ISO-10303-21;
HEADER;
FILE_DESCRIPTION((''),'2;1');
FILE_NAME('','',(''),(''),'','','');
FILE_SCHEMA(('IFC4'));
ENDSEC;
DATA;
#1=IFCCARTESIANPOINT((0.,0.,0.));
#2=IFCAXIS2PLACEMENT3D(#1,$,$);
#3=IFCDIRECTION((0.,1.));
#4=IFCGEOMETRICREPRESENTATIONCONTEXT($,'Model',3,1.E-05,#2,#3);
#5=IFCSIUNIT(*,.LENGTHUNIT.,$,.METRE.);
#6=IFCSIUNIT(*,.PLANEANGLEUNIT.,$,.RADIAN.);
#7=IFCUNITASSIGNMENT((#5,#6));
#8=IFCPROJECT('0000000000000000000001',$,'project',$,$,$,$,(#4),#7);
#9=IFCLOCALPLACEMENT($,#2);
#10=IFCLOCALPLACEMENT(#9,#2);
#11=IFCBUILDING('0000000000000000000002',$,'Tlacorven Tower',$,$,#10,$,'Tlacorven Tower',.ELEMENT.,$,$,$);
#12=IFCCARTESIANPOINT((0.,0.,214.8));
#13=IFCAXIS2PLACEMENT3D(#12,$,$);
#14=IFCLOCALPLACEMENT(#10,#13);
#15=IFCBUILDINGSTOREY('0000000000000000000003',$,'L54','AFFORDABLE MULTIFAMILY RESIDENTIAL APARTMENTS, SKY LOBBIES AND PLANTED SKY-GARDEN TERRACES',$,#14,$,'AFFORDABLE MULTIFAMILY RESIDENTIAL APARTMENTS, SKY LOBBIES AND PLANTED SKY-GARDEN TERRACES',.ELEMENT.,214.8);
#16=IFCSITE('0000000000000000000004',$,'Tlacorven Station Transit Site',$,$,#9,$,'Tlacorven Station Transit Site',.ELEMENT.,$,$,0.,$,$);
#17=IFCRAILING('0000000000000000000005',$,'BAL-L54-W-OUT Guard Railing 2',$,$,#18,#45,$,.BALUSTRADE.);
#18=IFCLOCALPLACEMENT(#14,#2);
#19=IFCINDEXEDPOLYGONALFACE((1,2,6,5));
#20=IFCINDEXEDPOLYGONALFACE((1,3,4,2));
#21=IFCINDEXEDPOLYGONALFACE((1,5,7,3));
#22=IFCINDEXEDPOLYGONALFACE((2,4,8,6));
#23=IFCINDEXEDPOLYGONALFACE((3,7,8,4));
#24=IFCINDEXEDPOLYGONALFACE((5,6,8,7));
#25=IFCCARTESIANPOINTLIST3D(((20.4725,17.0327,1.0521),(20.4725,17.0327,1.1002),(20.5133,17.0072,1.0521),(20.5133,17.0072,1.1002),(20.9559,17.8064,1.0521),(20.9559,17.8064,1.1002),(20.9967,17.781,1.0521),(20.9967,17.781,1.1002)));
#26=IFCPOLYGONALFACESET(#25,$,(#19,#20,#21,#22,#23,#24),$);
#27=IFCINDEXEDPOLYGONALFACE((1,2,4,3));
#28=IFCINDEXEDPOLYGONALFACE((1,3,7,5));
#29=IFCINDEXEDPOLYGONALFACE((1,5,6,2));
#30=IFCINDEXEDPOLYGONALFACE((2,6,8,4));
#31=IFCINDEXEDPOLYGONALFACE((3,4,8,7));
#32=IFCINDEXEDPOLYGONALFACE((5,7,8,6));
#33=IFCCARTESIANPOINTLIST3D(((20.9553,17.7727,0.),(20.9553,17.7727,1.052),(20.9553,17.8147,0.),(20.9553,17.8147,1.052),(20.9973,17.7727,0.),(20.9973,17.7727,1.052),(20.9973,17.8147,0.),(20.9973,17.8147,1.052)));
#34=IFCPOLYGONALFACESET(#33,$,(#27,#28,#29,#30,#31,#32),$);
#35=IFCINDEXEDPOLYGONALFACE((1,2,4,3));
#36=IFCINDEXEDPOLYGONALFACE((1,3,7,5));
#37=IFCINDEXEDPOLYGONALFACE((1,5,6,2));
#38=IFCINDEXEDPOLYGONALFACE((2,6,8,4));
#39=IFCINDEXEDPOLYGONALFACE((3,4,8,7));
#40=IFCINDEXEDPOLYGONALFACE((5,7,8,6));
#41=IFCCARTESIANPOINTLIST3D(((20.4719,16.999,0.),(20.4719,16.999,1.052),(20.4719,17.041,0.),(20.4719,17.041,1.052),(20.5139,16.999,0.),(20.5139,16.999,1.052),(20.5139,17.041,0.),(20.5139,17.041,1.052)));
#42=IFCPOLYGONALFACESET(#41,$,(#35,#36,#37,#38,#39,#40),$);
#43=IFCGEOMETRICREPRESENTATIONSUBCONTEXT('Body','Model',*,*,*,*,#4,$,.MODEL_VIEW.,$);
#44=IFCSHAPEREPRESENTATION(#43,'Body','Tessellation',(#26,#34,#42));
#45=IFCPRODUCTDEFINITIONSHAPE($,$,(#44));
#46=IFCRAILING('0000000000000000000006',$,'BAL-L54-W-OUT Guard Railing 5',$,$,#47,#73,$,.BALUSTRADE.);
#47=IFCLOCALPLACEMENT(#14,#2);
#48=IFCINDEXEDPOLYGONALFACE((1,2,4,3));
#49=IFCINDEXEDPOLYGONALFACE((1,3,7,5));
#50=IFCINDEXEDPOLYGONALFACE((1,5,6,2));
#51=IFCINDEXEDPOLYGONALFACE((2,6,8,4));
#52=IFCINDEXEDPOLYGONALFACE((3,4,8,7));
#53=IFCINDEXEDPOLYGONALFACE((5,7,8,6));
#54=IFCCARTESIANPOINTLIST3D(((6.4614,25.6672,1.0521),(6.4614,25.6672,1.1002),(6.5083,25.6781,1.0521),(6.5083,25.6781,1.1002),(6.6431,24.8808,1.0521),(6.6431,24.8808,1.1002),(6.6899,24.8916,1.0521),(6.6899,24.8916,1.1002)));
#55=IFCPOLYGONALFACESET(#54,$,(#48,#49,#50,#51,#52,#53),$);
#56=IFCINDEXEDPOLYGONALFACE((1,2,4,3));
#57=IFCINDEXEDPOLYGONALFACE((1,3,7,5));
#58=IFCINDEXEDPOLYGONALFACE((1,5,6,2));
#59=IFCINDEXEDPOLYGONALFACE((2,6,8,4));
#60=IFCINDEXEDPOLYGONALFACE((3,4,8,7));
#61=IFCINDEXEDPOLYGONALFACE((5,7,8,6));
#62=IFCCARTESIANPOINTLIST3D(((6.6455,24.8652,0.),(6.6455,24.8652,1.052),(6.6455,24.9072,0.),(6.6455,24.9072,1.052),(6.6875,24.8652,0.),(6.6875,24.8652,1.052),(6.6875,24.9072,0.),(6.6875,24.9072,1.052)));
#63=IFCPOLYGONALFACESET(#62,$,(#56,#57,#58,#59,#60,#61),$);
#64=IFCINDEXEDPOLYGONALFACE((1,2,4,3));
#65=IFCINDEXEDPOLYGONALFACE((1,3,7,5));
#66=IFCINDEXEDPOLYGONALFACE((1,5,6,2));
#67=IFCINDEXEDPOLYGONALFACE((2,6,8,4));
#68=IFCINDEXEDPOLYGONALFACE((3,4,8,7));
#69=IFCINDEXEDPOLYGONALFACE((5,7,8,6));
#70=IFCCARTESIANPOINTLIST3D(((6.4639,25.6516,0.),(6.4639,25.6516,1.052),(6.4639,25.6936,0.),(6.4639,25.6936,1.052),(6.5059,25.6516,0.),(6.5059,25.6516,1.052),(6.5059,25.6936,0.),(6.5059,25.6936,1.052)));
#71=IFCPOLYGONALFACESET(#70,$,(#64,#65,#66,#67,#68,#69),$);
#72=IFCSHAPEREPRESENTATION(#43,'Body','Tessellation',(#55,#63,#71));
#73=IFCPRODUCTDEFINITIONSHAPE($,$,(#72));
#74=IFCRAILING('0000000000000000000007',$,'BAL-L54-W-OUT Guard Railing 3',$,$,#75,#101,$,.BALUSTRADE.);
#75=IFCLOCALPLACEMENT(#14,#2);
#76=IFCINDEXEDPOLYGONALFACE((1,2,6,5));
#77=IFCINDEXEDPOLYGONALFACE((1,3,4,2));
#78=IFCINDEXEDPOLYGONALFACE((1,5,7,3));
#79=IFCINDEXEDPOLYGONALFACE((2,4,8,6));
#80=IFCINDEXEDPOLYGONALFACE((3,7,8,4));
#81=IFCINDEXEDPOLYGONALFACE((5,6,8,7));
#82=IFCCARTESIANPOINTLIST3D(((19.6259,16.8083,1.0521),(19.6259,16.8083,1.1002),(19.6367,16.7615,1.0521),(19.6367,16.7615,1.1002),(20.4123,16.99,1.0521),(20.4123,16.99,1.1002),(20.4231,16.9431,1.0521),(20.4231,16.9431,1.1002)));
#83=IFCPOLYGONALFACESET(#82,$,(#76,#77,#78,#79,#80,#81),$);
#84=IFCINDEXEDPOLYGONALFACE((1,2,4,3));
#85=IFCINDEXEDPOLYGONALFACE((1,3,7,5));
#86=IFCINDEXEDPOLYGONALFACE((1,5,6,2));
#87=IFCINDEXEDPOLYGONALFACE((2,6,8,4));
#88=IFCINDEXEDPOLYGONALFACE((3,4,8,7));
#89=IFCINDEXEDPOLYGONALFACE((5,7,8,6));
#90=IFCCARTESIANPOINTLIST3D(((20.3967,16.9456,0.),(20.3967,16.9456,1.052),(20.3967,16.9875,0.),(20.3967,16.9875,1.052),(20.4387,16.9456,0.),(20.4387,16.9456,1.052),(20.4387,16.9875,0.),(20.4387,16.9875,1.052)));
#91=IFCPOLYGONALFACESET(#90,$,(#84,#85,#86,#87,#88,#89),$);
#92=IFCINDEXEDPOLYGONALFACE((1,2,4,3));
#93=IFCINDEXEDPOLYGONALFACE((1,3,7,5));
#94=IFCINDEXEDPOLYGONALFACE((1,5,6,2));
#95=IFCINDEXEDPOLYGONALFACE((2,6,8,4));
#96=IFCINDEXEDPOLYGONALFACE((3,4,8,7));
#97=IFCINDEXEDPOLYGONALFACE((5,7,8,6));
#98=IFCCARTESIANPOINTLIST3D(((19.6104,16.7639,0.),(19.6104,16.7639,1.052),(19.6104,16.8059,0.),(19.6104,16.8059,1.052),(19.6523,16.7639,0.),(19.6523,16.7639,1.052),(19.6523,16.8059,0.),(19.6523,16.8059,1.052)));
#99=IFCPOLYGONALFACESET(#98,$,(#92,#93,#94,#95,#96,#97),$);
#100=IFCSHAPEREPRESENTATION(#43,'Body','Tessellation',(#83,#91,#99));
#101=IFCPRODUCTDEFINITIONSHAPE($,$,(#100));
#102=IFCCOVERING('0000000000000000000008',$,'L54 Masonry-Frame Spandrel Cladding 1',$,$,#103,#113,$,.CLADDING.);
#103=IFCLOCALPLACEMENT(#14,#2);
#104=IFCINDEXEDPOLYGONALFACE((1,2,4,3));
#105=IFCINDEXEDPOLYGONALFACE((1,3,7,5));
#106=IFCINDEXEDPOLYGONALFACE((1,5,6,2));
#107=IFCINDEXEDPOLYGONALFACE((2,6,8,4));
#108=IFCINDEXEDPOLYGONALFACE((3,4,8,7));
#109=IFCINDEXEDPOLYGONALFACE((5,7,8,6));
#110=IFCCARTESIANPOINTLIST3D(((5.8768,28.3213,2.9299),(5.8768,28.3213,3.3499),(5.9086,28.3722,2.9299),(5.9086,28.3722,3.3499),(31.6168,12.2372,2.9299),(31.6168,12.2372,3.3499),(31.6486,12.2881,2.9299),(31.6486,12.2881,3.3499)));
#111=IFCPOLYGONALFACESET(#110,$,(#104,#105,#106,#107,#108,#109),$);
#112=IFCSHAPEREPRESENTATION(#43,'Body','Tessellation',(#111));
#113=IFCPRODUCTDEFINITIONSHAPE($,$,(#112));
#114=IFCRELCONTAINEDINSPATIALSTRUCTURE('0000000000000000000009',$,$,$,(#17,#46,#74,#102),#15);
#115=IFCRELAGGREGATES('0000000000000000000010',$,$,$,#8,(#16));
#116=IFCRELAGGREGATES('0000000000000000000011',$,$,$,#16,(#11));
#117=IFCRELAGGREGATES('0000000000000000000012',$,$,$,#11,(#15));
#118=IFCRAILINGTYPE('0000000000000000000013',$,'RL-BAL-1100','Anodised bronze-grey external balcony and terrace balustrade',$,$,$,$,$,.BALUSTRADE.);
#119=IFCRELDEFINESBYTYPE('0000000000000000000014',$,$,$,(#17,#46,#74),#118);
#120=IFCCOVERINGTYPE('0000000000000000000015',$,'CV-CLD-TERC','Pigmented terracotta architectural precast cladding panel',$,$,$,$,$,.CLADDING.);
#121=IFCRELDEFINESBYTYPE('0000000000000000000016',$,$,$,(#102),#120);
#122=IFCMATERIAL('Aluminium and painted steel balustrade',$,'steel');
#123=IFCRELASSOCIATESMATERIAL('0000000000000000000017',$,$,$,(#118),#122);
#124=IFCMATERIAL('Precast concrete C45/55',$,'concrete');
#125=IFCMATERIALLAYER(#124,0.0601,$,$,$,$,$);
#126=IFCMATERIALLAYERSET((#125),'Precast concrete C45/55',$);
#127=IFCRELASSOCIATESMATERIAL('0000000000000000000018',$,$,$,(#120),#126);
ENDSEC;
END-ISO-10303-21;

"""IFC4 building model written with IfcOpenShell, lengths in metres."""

from ifc_helpers import new_model, si_unit, direction, frame, origin, origin_2d, place, context, subcontext, project, spatial, rectangle, extrude, source, transform, mapped, material, layer, layer_set, type_object, element, save


model = new_model("IFC4")

# Units and contexts
model_context = context("Model", 3, precision=1e-05, world=origin(), true_north=direction((0.0, 1.0)))
body_context = subcontext(model_context, "Body", "Model", "MODEL_VIEW")
ifc_project = project(units=[si_unit("LENGTHUNIT", "METRE"), si_unit("PLANEANGLEUNIT", "RADIAN")], contexts=[model_context])

# Site, building, storey
site_placement = place(None, origin())
site = spatial("IfcSite", under=ifc_project, at=site_placement, Name="Tlacorven Station Transit Site", LongName="Tlacorven Station Transit Site", CompositionType="ELEMENT", RefElevation=0.0)
building_placement = place(site_placement, origin())
building = spatial("IfcBuilding", under=site, at=building_placement, Name="Tlacorven Tower", LongName="Tlacorven Tower", CompositionType="ELEMENT")
storey_placement = place(building_placement, frame((0.0, 0.0, 214.8)))
storey = spatial("IfcBuildingStorey", under=building, at=storey_placement, Name="L54", Description="AFFORDABLE MULTIFAMILY RESIDENTIAL APARTMENTS, SKY LOBBIES AND PLANTED SKY-GARDEN TERRACES", LongName="AFFORDABLE MULTIFAMILY RESIDENTIAL APARTMENTS, SKY LOBBIES AND PLANTED SKY-GARDEN TERRACES", CompositionType="ELEMENT", Elevation=214.8)

# Shared definitions
ifc_material_1 = material(Name="Precast concrete C45/55", Category="concrete")

# Railings
ifc_material_2 = material(Name="Aluminium and painted steel balustrade", Category="steel")
railing_type = type_object("IfcRailingType", Name="RL-BAL-1100", Description="Anodised bronze-grey external balcony and terrace balustrade", PredefinedType="BALUSTRADE", material=ifc_material_2)
shared_shape_1 = source(origin(), body_context, "Body", "SweptSolid", [
    extrude(rectangle(XDim=0.0481, YDim=0.0481, at=origin_2d()), frame((0.0, 0.0, 1.0762), z_axis=(-0.529879, -0.848073, 0.0), x_axis=(0.848073, -0.529879, 0.0)), (0.0, 0.0, 1.0), 0.9124),
    extrude(rectangle(XDim=0.042, YDim=0.042, at=origin_2d()), origin(), (0.0, 0.0, 1.0), 1.052),
    extrude(rectangle(XDim=0.042, YDim=0.042, at=origin_2d()), frame((-0.4834, -0.7737, 0.0)), (0.0, 0.0, 1.0), 1.052),
])
railing_1_placement = place(storey_placement, frame((20.9763, 17.7937, 0.0)))
element("IfcRailing", 1, at=railing_1_placement, inside=storey, type_object=railing_type, Name="BAL-L54-W-OUT Guard Railing 2", PredefinedType="BALUSTRADE", context=body_context, shape_type="MappedRepresentation", body=[
    mapped(shared_shape_1, transform((0.0, 0.0, 0.0), scale=1.0)),
])
shared_shape_2 = source(origin(), body_context, "Body", "SweptSolid", [
    extrude(rectangle(XDim=0.0481, YDim=0.0481, at=origin_2d()), frame((0.0, 0.0, 1.0762), z_axis=(-0.225058, 0.974345, 0.0), x_axis=(-0.974345, -0.225058, 0.0)), (0.0, 0.0, 1.0), 0.8071),
    extrude(rectangle(XDim=0.042, YDim=0.042, at=origin_2d()), origin(), (0.0, 0.0, 1.0), 1.052),
    extrude(rectangle(XDim=0.042, YDim=0.042, at=origin_2d()), frame((-0.1816, 0.7864, 0.0)), (0.0, 0.0, 1.0), 1.052),
])
railing_2_placement = place(storey_placement, frame((6.6665, 24.8862, 0.0)))
element("IfcRailing", 2, at=railing_2_placement, inside=storey, type_object=railing_type, Name="BAL-L54-W-OUT Guard Railing 5", PredefinedType="BALUSTRADE", context=body_context, shape_type="MappedRepresentation", body=[
    mapped(shared_shape_2, transform((0.0, 0.0, 0.0), scale=1.0)),
])
shared_shape_3 = source(origin(), body_context, "Body", "SweptSolid", [
    extrude(rectangle(XDim=0.0481, YDim=0.0481, at=origin_2d()), frame((0.0, 0.0, 1.0762), z_axis=(-0.974345, -0.225058, 0.0), x_axis=(0.225058, -0.974345, 0.0)), (0.0, 0.0, 1.0), 0.8071),
    extrude(rectangle(XDim=0.042, YDim=0.042, at=origin_2d()), origin(), (0.0, 0.0, 1.0), 1.052),
    extrude(rectangle(XDim=0.042, YDim=0.042, at=origin_2d()), frame((-0.7864, -0.1816, 0.0)), (0.0, 0.0, 1.0), 1.052),
])
railing_3_placement = place(storey_placement, frame((20.4177, 16.9666, 0.0)))
element("IfcRailing", 3, at=railing_3_placement, inside=storey, type_object=railing_type, Name="BAL-L54-W-OUT Guard Railing 3", PredefinedType="BALUSTRADE", context=body_context, shape_type="MappedRepresentation", body=[
    mapped(shared_shape_3, transform((0.0, 0.0, 0.0), scale=1.0)),
])

# Covering
ifc_layer_1 = layer(ifc_material_1, 0.0601)
ifc_layer_set_1 = layer_set([ifc_layer_1], Name="Precast concrete C45/55")
covering_type = type_object("IfcCoveringType", Name="CV-CLD-TERC", Description="Pigmented terracotta architectural precast cladding panel", PredefinedType="CLADDING", material=ifc_layer_set_1)
shared_shape_4 = source(origin(), body_context, "Body", "SweptSolid", [
    extrude(rectangle(XDim=30.3521, YDim=0.0601, at=origin_2d()), origin(), (0.0, 0.0, 1.0), 0.4199),
])
covering_placement = place(storey_placement, frame((18.7627, 20.3047, 2.9299), z_axis=(0.0, 0.0, 1.0), x_axis=(-0.848048, 0.529919, 0.0)))
element("IfcCovering", 4, at=covering_placement, inside=storey, type_object=covering_type, Name="L54 Masonry-Frame Spandrel Cladding 1", PredefinedType="CLADDING", context=body_context, shape_type="MappedRepresentation", body=[
    mapped(shared_shape_4, transform((0.0, 0.0, 0.0), scale=1.0)),
])

save(model, "model.ifc")
